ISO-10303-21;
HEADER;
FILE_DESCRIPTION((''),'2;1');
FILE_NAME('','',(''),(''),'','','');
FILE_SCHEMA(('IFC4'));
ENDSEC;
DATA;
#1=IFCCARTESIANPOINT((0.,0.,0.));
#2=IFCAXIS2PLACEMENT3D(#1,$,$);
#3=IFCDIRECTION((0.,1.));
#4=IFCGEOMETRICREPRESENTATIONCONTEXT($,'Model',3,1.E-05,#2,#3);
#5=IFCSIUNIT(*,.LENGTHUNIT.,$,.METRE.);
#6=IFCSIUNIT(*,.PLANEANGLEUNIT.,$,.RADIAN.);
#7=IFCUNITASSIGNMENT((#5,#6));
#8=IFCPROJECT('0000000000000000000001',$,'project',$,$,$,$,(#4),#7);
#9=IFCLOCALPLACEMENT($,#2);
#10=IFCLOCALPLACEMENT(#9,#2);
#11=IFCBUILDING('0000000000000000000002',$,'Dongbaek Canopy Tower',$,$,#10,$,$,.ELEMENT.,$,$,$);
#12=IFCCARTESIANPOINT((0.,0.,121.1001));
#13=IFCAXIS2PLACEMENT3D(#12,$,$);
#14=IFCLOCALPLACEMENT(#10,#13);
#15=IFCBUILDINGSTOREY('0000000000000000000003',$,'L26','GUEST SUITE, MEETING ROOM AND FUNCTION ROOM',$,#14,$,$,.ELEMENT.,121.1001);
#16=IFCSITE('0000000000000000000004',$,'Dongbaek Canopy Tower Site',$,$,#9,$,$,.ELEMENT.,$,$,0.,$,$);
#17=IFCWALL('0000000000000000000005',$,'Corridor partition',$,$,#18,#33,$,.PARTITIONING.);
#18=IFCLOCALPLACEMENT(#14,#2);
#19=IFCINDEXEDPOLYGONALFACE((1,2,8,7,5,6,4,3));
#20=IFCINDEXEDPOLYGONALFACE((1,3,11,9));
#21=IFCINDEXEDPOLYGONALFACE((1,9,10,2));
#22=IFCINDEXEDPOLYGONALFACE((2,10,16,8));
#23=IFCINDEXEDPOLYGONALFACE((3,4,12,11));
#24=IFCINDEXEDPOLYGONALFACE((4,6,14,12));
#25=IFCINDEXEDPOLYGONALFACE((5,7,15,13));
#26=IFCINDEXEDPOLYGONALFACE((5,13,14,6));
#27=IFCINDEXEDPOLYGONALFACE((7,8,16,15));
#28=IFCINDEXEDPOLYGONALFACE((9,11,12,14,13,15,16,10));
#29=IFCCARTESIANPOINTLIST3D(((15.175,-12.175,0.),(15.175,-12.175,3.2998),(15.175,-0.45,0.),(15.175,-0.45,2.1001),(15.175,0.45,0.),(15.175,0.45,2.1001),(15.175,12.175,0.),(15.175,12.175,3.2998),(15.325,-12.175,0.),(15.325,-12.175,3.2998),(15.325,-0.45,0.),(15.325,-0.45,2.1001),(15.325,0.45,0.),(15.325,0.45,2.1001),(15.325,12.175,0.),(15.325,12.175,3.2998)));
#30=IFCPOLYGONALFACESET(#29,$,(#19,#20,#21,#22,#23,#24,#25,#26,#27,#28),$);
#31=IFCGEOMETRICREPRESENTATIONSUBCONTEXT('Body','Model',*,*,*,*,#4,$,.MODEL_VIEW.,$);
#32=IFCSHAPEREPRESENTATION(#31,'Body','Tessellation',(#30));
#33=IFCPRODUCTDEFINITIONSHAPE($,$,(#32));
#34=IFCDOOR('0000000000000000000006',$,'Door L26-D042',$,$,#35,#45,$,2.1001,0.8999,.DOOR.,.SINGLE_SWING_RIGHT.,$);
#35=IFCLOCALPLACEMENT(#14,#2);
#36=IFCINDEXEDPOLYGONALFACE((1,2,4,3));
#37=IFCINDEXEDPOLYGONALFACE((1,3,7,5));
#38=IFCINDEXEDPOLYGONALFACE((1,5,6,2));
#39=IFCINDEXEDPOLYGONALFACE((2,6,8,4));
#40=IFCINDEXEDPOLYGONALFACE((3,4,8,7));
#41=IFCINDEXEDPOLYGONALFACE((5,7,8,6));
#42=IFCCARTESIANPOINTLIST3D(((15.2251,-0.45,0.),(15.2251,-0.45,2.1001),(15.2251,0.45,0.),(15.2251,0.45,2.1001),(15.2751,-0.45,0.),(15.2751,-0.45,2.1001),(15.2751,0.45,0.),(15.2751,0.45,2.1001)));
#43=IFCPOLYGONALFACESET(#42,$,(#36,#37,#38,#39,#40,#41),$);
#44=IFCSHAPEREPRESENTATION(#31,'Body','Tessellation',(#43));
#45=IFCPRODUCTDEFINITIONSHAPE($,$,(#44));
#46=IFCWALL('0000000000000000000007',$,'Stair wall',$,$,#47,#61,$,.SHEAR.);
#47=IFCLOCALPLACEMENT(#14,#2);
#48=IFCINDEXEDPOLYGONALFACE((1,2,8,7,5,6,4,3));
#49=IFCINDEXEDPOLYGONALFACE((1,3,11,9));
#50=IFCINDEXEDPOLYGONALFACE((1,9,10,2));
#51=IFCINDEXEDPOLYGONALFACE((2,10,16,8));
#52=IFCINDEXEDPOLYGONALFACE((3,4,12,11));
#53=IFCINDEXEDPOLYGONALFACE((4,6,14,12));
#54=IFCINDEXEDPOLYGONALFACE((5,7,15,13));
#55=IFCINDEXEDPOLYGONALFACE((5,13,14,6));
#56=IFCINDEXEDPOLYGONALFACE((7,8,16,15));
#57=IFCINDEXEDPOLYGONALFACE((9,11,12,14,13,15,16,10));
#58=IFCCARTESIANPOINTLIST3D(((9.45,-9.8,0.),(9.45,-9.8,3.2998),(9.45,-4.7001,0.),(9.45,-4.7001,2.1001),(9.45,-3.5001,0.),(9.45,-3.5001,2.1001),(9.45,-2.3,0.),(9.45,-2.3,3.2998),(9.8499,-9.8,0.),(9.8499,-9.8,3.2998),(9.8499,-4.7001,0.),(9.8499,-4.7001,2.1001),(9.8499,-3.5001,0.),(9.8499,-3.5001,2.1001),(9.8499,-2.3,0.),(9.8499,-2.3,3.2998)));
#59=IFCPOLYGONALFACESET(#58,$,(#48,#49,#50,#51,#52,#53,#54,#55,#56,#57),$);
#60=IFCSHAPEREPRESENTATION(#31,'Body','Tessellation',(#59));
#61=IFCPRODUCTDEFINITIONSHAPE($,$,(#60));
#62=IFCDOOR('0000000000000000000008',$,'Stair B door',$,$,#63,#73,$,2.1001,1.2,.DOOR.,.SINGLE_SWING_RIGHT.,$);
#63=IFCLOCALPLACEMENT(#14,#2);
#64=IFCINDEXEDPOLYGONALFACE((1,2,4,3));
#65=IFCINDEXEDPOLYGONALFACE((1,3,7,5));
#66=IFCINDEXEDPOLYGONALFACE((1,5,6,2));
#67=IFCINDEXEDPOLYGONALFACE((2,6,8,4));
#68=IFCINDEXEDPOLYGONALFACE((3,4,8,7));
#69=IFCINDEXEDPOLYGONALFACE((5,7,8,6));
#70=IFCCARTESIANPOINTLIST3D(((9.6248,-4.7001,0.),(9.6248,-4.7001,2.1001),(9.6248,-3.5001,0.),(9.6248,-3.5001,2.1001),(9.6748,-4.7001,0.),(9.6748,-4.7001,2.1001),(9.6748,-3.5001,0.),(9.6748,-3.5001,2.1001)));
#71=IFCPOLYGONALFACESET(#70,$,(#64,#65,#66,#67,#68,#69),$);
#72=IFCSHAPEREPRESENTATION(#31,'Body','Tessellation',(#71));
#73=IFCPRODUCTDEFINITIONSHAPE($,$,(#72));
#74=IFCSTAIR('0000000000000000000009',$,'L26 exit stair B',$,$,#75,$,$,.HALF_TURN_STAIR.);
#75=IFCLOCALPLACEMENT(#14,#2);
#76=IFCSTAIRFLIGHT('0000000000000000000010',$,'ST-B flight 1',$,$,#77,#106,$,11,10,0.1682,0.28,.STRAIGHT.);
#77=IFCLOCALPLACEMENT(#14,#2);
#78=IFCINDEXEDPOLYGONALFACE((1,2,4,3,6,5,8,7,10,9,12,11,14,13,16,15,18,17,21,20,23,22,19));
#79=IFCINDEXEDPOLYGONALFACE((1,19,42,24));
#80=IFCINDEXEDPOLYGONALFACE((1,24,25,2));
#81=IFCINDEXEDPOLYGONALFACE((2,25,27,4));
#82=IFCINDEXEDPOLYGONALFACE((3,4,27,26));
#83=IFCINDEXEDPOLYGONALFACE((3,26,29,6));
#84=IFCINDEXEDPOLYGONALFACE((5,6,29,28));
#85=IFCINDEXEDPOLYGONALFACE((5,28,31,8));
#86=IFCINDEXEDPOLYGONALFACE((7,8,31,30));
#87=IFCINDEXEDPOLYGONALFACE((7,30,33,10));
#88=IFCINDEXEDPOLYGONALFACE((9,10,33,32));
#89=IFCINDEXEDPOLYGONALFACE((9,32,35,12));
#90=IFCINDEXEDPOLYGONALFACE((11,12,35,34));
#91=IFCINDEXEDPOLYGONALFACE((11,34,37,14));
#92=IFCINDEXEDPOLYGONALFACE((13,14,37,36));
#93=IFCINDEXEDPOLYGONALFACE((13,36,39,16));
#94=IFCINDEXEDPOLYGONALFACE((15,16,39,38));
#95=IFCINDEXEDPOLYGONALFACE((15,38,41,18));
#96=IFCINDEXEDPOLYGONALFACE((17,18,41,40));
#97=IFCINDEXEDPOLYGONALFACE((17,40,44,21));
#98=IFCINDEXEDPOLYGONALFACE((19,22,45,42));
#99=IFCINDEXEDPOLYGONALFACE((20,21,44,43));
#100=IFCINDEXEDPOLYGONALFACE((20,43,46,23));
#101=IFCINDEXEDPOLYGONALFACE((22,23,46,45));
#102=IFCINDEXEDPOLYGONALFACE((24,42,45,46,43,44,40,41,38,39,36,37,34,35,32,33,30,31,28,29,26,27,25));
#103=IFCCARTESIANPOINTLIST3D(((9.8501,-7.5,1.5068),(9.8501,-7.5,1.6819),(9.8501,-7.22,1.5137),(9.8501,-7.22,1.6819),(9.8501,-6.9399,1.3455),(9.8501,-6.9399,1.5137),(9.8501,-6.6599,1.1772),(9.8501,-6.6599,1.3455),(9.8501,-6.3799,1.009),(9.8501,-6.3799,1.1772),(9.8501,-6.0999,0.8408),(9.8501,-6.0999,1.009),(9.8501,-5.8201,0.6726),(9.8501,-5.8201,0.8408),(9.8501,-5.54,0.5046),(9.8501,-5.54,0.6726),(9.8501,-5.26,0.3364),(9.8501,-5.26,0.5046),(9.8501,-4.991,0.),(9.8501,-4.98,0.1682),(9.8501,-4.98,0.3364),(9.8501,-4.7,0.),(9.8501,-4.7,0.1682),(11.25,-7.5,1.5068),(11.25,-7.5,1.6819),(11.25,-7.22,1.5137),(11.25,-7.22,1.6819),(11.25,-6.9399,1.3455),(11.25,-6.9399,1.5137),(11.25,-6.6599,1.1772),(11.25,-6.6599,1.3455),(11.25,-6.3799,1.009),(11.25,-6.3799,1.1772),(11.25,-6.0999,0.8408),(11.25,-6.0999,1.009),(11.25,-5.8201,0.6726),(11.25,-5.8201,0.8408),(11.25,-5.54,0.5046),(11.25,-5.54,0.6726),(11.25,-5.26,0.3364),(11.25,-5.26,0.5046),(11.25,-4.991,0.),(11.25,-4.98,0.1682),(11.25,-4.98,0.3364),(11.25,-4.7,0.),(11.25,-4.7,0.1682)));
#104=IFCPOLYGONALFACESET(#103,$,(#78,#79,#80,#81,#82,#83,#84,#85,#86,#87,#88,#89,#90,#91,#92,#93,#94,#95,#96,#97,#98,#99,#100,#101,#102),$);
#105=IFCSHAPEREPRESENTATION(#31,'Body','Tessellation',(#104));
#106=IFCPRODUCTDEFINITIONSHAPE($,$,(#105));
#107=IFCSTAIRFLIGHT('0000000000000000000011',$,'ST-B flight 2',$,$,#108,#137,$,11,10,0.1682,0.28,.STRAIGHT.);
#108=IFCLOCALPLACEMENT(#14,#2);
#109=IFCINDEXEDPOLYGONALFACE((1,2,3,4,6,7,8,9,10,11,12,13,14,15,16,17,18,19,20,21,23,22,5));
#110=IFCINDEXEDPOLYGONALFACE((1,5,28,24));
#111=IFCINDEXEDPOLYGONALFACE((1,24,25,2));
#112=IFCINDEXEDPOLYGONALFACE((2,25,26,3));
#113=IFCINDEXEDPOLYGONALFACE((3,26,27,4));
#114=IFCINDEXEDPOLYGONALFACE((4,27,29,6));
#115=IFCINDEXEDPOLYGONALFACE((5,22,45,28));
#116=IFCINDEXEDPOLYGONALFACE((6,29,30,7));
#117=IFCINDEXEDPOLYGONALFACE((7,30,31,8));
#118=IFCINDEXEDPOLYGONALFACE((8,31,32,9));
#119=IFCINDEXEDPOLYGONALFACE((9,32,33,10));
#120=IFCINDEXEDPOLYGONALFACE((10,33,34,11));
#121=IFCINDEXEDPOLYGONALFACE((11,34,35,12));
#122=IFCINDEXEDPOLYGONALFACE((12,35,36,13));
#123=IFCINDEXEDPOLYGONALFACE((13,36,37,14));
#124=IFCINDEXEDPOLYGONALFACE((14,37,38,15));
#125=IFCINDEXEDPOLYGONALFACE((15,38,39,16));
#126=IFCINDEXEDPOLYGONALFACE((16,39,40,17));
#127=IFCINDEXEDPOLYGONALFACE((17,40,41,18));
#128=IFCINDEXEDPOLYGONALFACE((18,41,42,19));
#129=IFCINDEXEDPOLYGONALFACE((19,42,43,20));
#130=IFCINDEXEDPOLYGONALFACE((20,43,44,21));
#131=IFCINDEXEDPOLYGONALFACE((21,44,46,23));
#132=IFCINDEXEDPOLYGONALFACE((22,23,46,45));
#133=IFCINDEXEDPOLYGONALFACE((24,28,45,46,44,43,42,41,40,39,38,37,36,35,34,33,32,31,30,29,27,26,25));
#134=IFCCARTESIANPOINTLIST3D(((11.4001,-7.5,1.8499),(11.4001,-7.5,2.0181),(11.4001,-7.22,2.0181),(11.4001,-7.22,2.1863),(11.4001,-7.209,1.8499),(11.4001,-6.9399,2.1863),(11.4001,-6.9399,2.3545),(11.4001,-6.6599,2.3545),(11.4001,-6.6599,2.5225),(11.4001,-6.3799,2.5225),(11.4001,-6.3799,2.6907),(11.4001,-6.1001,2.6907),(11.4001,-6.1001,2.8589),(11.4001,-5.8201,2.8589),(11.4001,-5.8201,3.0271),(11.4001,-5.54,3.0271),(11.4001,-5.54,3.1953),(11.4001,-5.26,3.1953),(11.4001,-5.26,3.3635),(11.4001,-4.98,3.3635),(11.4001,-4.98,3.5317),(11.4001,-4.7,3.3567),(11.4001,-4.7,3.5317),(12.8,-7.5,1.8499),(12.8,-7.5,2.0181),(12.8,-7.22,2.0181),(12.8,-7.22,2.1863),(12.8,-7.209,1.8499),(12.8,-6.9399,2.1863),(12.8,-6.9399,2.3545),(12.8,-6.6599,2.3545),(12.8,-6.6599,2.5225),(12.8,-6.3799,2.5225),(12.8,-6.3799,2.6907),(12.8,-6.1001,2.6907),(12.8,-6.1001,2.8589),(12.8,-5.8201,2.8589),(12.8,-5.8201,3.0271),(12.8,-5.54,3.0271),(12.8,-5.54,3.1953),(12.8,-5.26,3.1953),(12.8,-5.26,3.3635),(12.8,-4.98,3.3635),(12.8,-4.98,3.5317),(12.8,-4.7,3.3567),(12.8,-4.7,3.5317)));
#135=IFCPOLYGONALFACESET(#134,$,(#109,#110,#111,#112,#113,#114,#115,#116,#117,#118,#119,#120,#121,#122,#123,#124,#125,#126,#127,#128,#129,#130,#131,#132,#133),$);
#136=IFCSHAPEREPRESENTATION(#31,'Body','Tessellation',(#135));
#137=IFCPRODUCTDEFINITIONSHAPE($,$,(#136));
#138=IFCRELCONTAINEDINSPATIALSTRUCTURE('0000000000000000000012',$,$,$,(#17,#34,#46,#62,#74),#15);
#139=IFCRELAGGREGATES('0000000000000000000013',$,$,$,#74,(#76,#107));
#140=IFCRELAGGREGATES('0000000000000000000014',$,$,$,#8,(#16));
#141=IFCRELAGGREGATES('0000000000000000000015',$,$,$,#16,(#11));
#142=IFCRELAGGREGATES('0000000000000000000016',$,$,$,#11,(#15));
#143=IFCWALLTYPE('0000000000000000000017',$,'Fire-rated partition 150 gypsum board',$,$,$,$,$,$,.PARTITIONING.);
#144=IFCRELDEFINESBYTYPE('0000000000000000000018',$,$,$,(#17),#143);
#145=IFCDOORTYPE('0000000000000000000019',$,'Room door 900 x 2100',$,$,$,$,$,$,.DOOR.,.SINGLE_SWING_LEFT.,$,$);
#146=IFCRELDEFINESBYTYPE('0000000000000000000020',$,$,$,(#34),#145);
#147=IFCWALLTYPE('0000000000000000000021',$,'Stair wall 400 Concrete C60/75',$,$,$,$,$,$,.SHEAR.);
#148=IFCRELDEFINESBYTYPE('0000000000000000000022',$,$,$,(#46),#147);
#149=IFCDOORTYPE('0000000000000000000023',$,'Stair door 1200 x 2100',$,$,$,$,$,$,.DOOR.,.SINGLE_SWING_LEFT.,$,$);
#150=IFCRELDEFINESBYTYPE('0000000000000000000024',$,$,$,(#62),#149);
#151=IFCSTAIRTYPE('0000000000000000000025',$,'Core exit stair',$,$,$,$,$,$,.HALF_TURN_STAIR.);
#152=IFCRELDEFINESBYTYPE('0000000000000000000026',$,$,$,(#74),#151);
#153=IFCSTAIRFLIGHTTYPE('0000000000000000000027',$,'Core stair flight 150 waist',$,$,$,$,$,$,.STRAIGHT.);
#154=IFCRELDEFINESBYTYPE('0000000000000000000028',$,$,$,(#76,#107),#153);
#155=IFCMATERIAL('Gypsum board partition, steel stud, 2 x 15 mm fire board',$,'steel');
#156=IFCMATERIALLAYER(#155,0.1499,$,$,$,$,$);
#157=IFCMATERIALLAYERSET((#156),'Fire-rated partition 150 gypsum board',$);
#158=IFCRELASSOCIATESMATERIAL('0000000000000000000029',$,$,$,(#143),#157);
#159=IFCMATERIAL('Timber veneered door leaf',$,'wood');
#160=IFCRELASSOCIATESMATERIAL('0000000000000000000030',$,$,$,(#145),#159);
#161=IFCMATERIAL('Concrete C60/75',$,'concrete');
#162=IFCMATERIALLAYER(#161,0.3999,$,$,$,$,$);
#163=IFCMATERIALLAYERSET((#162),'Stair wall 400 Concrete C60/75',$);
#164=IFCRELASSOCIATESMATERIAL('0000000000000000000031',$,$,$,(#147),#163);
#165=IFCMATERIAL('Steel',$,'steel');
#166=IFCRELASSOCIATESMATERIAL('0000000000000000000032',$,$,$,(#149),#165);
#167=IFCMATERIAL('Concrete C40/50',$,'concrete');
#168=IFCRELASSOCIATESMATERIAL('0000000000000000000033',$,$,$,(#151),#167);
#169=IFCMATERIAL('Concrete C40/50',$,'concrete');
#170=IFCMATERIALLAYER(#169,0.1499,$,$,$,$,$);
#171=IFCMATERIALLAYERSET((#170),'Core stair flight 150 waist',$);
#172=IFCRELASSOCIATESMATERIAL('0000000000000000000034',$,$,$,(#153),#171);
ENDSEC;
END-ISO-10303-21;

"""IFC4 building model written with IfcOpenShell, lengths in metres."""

from ifc_helpers import new_model, si_unit, direction, frame, frame_2d, origin, place, context, subcontext, project, spatial, polyline, rectangle, outline, extrude, material, layer, layer_set, type_object, element, fill, aggregate, save


model = new_model("IFC4")

# Units and contexts
model_context = context("Model", 3, precision=1e-05, world=origin(), true_north=direction((0.0, 1.0)))
body_context = subcontext(model_context, "Body", "Model", "MODEL_VIEW")
ifc_project = project(units=[si_unit("LENGTHUNIT", "METRE"), si_unit("PLANEANGLEUNIT", "RADIAN")], contexts=[model_context])

# Site, building, storey
site_placement = place(None, origin())
site = spatial("IfcSite", under=ifc_project, at=site_placement, Name="Dongbaek Canopy Tower Site", CompositionType="ELEMENT", RefElevation=0.0)
building_placement = place(site_placement, origin())
building = spatial("IfcBuilding", under=site, at=building_placement, Name="Dongbaek Canopy Tower", CompositionType="ELEMENT")
storey_placement = place(building_placement, frame((0.0, 0.0, 121.1001)))
storey = spatial("IfcBuildingStorey", under=building, at=storey_placement, Name="L26", Description="GUEST SUITE, MEETING ROOM AND FUNCTION ROOM", CompositionType="ELEMENT", Elevation=121.1001)

# Shared definitions
ifc_material_1 = material(Name="Gypsum board partition, steel stud, 2 x 15 mm fire board", Category="steel")
ifc_layer_1 = layer(ifc_material_1, 0.1499)
ifc_layer_set_1 = layer_set([ifc_layer_1], Name="Fire-rated partition 150 gypsum board")
wall_type_1 = type_object("IfcWallType", Name="Fire-rated partition 150 gypsum board", PredefinedType="PARTITIONING", material=ifc_layer_set_1)
ifc_material_2 = material(Name="Timber veneered door leaf", Category="wood")
door_type_1 = type_object("IfcDoorType", Name="Room door 900 x 2100", OperationType="SINGLE_SWING_LEFT", PredefinedType="DOOR", material=ifc_material_2)

# Walls, openings, doors
wall_1_placement = place(storey_placement, frame((15.25, -12.175, 0.0), z_axis=(0.0, 0.0, 1.0), x_axis=(0.0, 1.0, 0.0)))
wall_1 = element("IfcWall", 1, at=wall_1_placement, inside=storey, type_object=wall_type_1, Name="Corridor partition", PredefinedType="PARTITIONING", context=body_context, shape_type="SweptSolid", body=[
    extrude(rectangle(XDim=24.3501, YDim=0.1499, at=frame_2d((12.175, 0.0))), origin(), (0.0, 0.0, 1.0), 3.2998),
])
opening_1_placement = place(wall_1_placement, frame((11.7251, 0.0, 0.0)))
opening_1 = element("IfcOpeningElement", 2, at=opening_1_placement, cuts=wall_1, PredefinedType="OPENING", context=body_context, shape_type="SweptSolid", body=[
    extrude(rectangle(XDim=0.8999, YDim=2.1001, at=frame_2d((0.45, 1.05))), frame((0.0, 0.085, 0.0), z_axis=(0.0, -1.0, 0.0), x_axis=(1.0, 0.0, 0.0)), (0.0, 0.0, 1.0), 0.1699),
])
door_1_placement = place(opening_1_placement, origin())
door_1 = element("IfcDoor", 3, at=door_1_placement, inside=storey, type_object=door_type_1, Name="Door L26-D042", OperationType="SINGLE_SWING_RIGHT", OverallHeight=2.1001, OverallWidth=0.8999, PredefinedType="DOOR", context=body_context, shape_type="SweptSolid", body=[
    extrude(rectangle(XDim=0.8999, YDim=2.1001, at=frame_2d((0.45, 1.05))), frame((0.0, 0.0249, 0.0), z_axis=(0.0, -1.0, 0.0), x_axis=(1.0, 0.0, 0.0)), (0.0, 0.0, 1.0), 0.05),
])
fill(opening_1, door_1)
ifc_material_3 = material(Name="Concrete C60/75", Category="concrete")
ifc_layer_2 = layer(ifc_material_3, 0.3999)
ifc_layer_set_2 = layer_set([ifc_layer_2], Name="Stair wall 400 Concrete C60/75")
wall_type_2 = type_object("IfcWallType", Name="Stair wall 400 Concrete C60/75", PredefinedType="SHEAR", material=ifc_layer_set_2)
wall_2_placement = place(storey_placement, frame((9.6499, -2.3, 0.0), z_axis=(0.0, 0.0, 1.0), x_axis=(0.0, -1.0, 0.0)))
wall_2 = element("IfcWall", 4, at=wall_2_placement, inside=storey, type_object=wall_type_2, Name="Stair wall", PredefinedType="SHEAR", context=body_context, shape_type="SweptSolid", body=[
    extrude(rectangle(XDim=7.5, YDim=0.3999, at=frame_2d((3.75, 0.0))), origin(), (0.0, 0.0, 1.0), 3.2998),
])
opening_2_placement = place(wall_2_placement, frame((1.2, 0.0, 0.0)))
opening_2 = element("IfcOpeningElement", 5, at=opening_2_placement, cuts=wall_2, PredefinedType="OPENING", context=body_context, shape_type="SweptSolid", body=[
    extrude(rectangle(XDim=1.2, YDim=2.1001, at=frame_2d((0.6001, 1.05))), frame((0.0, 0.21, 0.0), z_axis=(0.0, -1.0, 0.0), x_axis=(1.0, 0.0, 0.0)), (0.0, 0.0, 1.0), 0.4199),
])
ifc_material_4 = material(Name="Steel", Category="steel")
door_type_2 = type_object("IfcDoorType", Name="Stair door 1200 x 2100", OperationType="SINGLE_SWING_LEFT", PredefinedType="DOOR", material=ifc_material_4)
door_2_placement = place(opening_2_placement, origin())
door_2 = element("IfcDoor", 6, at=door_2_placement, inside=storey, type_object=door_type_2, Name="Stair B door", OperationType="SINGLE_SWING_RIGHT", OverallHeight=2.1001, OverallWidth=1.2, PredefinedType="DOOR", context=body_context, shape_type="SweptSolid", body=[
    extrude(rectangle(XDim=1.2, YDim=2.1001, at=frame_2d((0.6001, 1.05))), frame((0.0, 0.0249, 0.0), z_axis=(0.0, -1.0, 0.0), x_axis=(1.0, 0.0, 0.0)), (0.0, 0.0, 1.0), 0.05),
])
fill(opening_2, door_2)

# Stair, stair flights
ifc_material_5 = material(Name="Concrete C40/50", Category="concrete")
stair_type = type_object("IfcStairType", Name="Core exit stair", PredefinedType="HALF_TURN_STAIR", material=ifc_material_5)
stair_placement = place(storey_placement, origin())
stair = element("IfcStair", 7, at=stair_placement, inside=storey, type_object=stair_type, Name="L26 exit stair B", PredefinedType="HALF_TURN_STAIR")
ifc_material_6 = material(Name="Concrete C40/50", Category="concrete")
ifc_layer_3 = layer(ifc_material_6, 0.1499)
ifc_layer_set_3 = layer_set([ifc_layer_3], Name="Core stair flight 150 waist")
stair_flight_type = type_object("IfcStairFlightType", Name="Core stair flight 150 waist", PredefinedType="STRAIGHT", material=ifc_layer_set_3)
stair_flight_1_placement = place(storey_placement, frame((10.55, -4.7, 0.0), z_axis=(0.0, 0.0, 1.0), x_axis=(0.0, -1.0, 0.0)))
stair_flight_1 = element("IfcStairFlight", 8, at=stair_flight_1_placement, type_object=stair_flight_type, Name="ST-B flight 1", NumberOfRisers=11, NumberOfTreads=10, PredefinedType="STRAIGHT", RiserHeight=0.1682, TreadLength=0.28, context=body_context, shape_type="SweptSolid", body=[
    extrude(outline(polyline([(0.0, 0.0), (0.0, 0.1682), (0.28, 0.1682), (0.28, 0.3364), (0.5601, 0.3364), (0.5601, 0.5046), (0.8401, 0.5046), (0.8401, 0.6726), (1.1201, 0.6726), (1.1201, 0.8408), (1.3999, 0.8408), (1.3999, 1.009), (1.6799, 1.009), (1.6799, 1.1772), (1.96, 1.1772), (1.96, 1.3455), (2.24, 1.3455), (2.24, 1.5137), (2.52, 1.5137), (2.52, 1.6819), (2.8, 1.6819), (2.8, 1.8501), (2.8, 1.5068), (0.291, 0.0), (0.0, 0.0)])), frame((0.0, 0.7, 0.0), z_axis=(0.0, -1.0, 0.0), x_axis=(1.0, 0.0, 0.0)), (0.0, 0.0, 1.0), 1.3999),
])
stair_flight_2_placement = place(storey_placement, frame((12.1001, -7.5, 1.8499), z_axis=(0.0, 0.0, 1.0), x_axis=(0.0, 1.0, 0.0)))
stair_flight_2 = element("IfcStairFlight", 9, at=stair_flight_2_placement, type_object=stair_flight_type, Name="ST-B flight 2", NumberOfRisers=11, NumberOfTreads=10, PredefinedType="STRAIGHT", RiserHeight=0.1682, TreadLength=0.28, context=body_context, shape_type="SweptSolid", body=[
    extrude(outline(polyline([(0.0, 0.0), (0.0, 0.1682), (0.28, 0.1682), (0.28, 0.3364), (0.5601, 0.3364), (0.5601, 0.5046), (0.8401, 0.5046), (0.8401, 0.6726), (1.1201, 0.6726), (1.1201, 0.8408), (1.3999, 0.8408), (1.3999, 1.009), (1.6799, 1.009), (1.6799, 1.1772), (1.96, 1.1772), (1.96, 1.3455), (2.24, 1.3455), (2.24, 1.5137), (2.52, 1.5137), (2.52, 1.6819), (2.8, 1.6819), (2.8, 1.8501), (2.8, 1.5068), (0.291, 0.0), (0.0, 0.0)])), frame((0.0, 0.7, 0.0), z_axis=(0.0, -1.0, 0.0), x_axis=(1.0, 0.0, 0.0)), (0.0, 0.0, 1.0), 1.3999),
])
aggregate(stair, [stair_flight_1, stair_flight_2])

save(model, "model.ifc")
